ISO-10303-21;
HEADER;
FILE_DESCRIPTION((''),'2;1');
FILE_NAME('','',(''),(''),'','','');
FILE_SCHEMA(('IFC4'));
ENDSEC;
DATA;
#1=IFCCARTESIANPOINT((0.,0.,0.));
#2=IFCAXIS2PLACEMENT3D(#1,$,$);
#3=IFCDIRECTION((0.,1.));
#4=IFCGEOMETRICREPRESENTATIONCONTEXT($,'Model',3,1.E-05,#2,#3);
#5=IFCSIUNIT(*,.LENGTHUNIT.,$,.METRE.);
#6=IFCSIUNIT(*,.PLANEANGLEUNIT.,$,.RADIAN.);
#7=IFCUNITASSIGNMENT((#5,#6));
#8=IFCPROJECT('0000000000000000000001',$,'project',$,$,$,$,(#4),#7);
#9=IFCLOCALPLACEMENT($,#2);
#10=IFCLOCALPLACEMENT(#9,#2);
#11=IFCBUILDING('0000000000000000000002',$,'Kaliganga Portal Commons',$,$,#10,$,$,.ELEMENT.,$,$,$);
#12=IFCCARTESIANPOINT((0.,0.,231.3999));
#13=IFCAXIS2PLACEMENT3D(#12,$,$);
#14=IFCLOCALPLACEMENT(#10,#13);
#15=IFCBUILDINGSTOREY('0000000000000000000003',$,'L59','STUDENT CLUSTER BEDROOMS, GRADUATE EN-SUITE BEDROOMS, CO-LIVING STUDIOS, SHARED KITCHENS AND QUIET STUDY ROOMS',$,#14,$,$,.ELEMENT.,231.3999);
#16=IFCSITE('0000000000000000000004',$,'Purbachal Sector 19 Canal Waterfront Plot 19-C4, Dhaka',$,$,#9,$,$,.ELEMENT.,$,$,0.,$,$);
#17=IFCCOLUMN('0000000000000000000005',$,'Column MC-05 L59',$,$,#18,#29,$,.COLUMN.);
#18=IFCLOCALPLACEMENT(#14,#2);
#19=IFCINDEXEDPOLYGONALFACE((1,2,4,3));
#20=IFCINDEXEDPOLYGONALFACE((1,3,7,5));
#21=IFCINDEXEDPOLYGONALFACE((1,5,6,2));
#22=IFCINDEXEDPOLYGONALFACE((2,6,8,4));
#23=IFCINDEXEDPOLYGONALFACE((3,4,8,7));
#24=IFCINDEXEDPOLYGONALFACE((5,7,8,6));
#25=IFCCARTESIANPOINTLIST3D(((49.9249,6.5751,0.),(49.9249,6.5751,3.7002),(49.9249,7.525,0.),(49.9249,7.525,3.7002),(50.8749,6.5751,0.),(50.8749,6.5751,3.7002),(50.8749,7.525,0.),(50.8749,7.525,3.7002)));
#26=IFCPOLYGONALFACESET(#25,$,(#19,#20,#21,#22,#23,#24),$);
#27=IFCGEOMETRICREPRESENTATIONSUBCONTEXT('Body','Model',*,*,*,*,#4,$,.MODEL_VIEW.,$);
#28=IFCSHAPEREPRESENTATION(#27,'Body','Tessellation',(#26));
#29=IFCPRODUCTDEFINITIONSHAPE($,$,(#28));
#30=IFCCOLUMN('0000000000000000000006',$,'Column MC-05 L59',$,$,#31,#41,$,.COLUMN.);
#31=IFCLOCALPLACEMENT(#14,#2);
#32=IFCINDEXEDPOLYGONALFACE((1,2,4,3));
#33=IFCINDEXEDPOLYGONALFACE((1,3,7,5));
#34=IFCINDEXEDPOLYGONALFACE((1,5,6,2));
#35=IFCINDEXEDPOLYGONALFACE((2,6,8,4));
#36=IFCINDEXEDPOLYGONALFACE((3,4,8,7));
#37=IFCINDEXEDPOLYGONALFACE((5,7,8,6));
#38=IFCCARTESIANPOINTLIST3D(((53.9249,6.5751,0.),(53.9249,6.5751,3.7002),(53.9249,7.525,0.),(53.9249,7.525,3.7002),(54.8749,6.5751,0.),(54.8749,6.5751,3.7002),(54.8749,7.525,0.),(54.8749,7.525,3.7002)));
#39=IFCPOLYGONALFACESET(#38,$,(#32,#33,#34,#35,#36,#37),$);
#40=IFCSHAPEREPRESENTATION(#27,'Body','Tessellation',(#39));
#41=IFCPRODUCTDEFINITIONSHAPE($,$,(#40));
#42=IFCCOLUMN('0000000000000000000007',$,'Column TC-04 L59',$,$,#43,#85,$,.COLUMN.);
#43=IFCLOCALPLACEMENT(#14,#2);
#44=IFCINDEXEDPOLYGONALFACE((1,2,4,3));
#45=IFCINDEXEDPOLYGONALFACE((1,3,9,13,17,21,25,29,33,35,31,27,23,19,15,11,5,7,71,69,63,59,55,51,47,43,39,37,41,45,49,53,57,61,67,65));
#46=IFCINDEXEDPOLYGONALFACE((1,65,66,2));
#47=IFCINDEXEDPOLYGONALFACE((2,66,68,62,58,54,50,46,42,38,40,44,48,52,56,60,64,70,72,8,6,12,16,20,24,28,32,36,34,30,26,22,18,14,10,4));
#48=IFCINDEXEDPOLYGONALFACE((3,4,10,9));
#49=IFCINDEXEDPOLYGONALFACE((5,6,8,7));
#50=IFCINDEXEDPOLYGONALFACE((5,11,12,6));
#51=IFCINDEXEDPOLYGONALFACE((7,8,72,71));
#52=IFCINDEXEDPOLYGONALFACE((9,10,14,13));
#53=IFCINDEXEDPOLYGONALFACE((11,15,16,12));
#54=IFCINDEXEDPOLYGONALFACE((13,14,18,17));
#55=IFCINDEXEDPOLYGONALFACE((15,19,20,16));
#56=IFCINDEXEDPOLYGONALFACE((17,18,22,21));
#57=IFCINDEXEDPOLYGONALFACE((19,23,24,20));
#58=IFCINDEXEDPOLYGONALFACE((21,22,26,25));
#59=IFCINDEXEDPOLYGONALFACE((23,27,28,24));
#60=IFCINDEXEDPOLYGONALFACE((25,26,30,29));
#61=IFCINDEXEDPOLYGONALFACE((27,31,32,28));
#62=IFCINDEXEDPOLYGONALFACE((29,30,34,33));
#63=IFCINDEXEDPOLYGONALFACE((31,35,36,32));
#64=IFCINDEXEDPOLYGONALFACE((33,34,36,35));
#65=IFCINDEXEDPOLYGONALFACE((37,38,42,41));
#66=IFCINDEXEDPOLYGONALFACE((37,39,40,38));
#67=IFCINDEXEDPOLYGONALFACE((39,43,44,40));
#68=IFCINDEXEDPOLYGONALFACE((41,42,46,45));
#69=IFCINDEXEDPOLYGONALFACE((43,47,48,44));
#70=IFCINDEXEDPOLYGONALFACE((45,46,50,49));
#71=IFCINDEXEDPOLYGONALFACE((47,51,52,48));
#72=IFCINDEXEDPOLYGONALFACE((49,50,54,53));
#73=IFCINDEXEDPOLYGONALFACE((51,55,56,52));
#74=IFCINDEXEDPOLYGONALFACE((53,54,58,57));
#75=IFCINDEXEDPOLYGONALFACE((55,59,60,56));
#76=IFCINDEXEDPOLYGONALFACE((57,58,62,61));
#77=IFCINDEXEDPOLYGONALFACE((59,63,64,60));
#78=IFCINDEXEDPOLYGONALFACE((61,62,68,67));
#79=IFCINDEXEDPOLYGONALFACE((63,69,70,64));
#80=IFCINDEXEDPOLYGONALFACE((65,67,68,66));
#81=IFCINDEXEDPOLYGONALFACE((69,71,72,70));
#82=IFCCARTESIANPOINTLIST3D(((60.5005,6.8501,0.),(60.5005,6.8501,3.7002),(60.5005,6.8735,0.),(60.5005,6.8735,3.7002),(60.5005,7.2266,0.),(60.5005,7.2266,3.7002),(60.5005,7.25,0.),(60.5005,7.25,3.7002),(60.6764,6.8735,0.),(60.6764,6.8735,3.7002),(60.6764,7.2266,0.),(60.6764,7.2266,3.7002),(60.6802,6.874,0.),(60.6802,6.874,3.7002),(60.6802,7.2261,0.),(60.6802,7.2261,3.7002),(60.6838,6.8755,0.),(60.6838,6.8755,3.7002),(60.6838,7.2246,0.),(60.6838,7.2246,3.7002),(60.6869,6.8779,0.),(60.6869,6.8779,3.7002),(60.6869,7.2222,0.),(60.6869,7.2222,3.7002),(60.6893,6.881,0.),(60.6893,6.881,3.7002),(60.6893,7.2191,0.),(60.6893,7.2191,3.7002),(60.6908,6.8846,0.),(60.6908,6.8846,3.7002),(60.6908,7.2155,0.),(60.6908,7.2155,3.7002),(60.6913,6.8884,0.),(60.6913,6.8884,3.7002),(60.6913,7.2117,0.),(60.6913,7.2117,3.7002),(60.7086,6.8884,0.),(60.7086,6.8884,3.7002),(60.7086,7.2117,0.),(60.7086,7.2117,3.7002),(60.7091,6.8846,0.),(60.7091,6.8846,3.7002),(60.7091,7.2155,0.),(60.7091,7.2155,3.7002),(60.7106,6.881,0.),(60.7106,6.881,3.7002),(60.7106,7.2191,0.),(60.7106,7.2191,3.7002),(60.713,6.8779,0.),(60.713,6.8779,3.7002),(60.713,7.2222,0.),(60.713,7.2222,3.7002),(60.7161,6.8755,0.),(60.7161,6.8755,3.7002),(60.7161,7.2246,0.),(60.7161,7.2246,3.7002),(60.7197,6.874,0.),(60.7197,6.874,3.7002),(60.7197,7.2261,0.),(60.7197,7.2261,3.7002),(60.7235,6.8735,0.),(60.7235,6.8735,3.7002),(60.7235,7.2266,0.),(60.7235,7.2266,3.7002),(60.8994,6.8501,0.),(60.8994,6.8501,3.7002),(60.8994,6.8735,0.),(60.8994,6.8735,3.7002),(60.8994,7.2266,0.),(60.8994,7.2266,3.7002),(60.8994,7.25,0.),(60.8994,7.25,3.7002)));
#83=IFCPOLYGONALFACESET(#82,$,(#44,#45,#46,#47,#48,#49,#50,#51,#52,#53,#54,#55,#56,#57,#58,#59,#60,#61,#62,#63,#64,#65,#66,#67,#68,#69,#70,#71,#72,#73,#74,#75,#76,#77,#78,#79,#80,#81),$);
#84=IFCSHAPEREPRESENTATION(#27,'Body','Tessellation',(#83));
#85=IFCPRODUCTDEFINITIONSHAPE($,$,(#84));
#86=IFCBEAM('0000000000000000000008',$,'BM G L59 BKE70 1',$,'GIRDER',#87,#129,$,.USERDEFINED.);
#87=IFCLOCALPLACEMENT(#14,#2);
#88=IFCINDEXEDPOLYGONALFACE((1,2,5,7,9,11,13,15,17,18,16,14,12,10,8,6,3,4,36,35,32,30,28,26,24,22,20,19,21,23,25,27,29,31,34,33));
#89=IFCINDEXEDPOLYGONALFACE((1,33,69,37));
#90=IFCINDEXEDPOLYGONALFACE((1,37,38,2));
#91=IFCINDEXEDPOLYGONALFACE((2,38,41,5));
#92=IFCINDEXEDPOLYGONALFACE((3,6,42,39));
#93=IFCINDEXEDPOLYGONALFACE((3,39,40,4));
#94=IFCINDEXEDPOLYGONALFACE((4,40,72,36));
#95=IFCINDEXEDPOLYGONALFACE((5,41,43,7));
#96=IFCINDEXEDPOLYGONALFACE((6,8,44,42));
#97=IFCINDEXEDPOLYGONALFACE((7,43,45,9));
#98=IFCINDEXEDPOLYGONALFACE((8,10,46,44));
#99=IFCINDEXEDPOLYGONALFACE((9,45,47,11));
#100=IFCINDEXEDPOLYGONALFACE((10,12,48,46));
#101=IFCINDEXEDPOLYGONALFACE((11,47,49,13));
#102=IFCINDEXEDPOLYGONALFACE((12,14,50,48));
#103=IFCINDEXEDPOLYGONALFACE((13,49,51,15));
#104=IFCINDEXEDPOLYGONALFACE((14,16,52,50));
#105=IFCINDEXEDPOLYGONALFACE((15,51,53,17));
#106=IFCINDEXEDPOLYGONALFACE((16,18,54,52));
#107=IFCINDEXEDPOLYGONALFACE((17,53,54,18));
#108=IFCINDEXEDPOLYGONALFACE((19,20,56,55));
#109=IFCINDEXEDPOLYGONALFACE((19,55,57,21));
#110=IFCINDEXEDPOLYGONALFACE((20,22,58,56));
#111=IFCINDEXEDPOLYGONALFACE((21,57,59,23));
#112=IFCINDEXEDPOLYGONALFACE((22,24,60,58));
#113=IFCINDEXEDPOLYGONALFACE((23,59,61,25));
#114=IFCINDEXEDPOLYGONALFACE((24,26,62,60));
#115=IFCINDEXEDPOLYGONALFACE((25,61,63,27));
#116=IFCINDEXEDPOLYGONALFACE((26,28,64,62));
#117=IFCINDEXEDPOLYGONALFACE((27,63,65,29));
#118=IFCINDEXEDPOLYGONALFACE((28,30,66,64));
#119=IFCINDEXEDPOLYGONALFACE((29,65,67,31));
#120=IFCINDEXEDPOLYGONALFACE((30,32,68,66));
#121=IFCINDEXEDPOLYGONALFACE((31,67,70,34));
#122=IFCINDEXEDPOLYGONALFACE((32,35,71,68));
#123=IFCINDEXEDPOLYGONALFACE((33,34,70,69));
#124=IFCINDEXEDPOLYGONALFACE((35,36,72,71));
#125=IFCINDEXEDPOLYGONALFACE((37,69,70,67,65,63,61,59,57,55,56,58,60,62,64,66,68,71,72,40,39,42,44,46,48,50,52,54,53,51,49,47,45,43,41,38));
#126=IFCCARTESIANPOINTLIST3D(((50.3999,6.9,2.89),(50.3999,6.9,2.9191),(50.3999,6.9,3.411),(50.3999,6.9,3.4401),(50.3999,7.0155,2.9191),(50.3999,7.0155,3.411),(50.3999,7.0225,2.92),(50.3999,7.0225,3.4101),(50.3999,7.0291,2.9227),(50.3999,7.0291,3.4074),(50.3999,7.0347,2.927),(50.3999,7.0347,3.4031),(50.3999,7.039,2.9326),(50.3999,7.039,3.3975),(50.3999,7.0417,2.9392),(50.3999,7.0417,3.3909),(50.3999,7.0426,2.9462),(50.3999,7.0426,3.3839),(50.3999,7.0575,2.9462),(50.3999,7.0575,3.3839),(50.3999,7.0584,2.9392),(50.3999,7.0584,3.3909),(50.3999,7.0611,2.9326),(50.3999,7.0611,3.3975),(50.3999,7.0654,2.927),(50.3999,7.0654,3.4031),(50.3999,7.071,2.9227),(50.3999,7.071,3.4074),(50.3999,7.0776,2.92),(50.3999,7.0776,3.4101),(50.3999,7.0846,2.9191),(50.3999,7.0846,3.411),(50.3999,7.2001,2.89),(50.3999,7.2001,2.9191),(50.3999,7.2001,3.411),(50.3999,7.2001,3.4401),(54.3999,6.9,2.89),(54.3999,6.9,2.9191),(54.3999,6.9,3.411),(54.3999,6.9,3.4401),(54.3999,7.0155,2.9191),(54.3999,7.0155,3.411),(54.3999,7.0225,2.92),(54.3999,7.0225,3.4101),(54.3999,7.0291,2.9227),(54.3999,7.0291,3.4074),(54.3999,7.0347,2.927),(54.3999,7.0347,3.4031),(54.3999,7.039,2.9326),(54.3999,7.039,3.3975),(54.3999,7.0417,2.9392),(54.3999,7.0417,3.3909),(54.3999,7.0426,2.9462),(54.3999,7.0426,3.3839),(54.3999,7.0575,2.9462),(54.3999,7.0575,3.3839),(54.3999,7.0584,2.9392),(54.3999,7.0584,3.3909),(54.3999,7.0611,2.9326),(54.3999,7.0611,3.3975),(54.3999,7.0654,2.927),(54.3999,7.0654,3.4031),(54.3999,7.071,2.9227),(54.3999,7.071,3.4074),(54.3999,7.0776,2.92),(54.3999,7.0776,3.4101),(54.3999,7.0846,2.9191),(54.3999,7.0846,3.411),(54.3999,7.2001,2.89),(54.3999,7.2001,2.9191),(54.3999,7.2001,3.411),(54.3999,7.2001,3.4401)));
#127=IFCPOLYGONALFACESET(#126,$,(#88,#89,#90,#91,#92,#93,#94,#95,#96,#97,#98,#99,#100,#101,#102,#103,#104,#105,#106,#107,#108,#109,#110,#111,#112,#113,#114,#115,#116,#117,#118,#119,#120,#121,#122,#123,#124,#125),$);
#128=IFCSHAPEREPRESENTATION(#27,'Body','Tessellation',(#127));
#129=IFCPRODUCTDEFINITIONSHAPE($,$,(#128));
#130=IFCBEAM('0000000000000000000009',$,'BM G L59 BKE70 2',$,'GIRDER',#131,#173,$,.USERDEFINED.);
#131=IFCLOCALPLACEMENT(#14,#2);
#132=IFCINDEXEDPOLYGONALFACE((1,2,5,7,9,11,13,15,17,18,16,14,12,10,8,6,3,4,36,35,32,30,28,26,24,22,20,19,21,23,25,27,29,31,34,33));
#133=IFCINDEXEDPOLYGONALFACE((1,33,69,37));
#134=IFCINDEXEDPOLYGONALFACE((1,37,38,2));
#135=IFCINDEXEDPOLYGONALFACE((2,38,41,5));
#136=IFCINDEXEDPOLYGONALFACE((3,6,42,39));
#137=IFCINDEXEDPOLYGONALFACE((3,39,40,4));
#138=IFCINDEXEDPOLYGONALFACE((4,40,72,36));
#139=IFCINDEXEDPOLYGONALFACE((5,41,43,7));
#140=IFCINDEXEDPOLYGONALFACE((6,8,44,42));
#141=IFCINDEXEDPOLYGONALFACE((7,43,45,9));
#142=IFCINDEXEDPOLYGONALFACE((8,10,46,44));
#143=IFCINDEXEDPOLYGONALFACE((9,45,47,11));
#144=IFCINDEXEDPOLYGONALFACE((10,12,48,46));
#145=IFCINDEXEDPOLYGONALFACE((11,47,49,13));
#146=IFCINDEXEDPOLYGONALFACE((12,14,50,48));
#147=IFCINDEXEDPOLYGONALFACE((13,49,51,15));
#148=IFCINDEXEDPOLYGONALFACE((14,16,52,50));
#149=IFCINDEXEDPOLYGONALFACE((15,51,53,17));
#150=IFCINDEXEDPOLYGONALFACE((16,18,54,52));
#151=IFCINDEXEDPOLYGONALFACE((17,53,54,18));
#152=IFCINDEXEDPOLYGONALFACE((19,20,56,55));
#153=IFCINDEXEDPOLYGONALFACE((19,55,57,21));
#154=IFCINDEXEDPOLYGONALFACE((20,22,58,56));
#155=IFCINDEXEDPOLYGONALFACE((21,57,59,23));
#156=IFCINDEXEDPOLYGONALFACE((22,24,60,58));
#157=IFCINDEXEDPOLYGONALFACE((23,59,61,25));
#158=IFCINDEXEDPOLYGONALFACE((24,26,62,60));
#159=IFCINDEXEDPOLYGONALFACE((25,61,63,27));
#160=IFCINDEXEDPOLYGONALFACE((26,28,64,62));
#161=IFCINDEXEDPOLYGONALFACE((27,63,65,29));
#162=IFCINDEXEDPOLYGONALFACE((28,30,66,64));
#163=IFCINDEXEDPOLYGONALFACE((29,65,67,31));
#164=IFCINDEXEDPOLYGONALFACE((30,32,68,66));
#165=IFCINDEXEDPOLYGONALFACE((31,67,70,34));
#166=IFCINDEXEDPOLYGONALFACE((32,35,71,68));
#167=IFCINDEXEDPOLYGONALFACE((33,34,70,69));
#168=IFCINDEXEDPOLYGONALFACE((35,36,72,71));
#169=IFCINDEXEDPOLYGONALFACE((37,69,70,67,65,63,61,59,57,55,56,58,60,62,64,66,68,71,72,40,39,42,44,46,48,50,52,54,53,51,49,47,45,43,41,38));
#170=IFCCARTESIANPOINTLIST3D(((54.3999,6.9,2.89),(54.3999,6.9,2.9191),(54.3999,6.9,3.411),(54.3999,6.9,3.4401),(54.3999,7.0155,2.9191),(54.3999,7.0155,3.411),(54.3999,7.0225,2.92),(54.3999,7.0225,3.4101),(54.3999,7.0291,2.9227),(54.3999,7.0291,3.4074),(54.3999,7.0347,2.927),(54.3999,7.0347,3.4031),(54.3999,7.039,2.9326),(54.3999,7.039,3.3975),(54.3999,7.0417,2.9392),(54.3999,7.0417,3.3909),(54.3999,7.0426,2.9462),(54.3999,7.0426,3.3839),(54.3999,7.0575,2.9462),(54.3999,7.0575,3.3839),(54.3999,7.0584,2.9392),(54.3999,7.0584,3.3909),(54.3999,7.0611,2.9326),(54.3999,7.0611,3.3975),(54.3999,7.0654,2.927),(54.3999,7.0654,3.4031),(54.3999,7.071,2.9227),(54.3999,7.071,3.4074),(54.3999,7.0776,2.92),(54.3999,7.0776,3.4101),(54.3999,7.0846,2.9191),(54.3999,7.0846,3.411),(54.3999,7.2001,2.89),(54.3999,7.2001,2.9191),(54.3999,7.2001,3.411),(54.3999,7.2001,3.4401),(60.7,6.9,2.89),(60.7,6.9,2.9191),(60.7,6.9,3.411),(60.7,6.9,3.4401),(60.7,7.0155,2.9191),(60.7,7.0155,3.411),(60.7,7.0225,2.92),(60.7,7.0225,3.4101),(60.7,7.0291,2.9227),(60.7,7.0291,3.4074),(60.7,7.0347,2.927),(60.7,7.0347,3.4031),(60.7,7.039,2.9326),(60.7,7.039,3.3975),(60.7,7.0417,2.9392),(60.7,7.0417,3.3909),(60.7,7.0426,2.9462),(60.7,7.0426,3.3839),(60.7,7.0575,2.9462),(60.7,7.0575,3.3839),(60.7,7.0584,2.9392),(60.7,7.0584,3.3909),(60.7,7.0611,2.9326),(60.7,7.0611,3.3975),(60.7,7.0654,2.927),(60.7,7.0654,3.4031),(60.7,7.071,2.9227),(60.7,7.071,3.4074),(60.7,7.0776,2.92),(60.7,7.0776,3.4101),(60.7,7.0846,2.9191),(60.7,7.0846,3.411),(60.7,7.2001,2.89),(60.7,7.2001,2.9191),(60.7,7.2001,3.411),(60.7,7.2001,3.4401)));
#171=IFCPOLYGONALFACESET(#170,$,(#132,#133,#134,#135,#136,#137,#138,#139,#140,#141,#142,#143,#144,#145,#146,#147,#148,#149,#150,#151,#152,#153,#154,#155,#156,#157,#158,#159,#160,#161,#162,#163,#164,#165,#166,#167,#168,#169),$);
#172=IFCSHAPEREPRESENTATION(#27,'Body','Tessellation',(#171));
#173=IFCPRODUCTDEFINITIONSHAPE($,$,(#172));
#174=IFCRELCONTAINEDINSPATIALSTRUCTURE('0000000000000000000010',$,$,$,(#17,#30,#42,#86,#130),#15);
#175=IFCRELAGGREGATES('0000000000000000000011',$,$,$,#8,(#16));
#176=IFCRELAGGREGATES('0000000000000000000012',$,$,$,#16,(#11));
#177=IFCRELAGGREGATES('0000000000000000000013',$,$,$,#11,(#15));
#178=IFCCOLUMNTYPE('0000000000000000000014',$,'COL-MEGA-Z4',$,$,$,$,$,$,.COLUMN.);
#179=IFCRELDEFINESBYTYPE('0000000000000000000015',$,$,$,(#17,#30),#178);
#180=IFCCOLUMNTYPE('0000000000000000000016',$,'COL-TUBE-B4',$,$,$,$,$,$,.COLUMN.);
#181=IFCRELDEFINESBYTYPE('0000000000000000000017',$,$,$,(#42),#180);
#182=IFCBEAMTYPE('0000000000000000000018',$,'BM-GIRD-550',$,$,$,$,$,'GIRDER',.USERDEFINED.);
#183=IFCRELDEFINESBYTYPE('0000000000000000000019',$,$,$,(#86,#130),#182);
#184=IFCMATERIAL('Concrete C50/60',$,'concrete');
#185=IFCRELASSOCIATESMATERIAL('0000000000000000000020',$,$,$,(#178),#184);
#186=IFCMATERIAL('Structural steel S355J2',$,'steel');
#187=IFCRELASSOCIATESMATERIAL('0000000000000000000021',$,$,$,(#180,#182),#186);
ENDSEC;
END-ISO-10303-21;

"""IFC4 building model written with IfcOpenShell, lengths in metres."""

from ifc_helpers import new_model, si_unit, direction, frame, origin, origin_2d, place, context, subcontext, project, spatial, rectangle, i_section, extrude, source, transform, mapped, material, material_profile, profile_set, type_object, element, save


model = new_model("IFC4")

# Units and contexts
model_context = context("Model", 3, precision=1e-05, world=origin(), true_north=direction((0.0, 1.0)))
body_context = subcontext(model_context, "Body", "Model", "MODEL_VIEW")
ifc_project = project(units=[si_unit("LENGTHUNIT", "METRE"), si_unit("PLANEANGLEUNIT", "RADIAN")], contexts=[model_context])

# Site, building, storey
site_placement = place(None, origin())
site = spatial("IfcSite", under=ifc_project, at=site_placement, Name="Purbachal Sector 19 Canal Waterfront Plot 19-C4, Dhaka", CompositionType="ELEMENT", RefElevation=0.0)
building_placement = place(site_placement, origin())
building = spatial("IfcBuilding", under=site, at=building_placement, Name="Kaliganga Portal Commons", CompositionType="ELEMENT")
storey_placement = place(building_placement, frame((0.0, 0.0, 231.3999)))
storey = spatial("IfcBuildingStorey", under=building, at=storey_placement, Name="L59", Description="STUDENT CLUSTER BEDROOMS, GRADUATE EN-SUITE BEDROOMS, CO-LIVING STUDIOS, SHARED KITCHENS AND QUIET STUDY ROOMS", CompositionType="ELEMENT", Elevation=231.3999)

# Columns
ifc_material_1 = material(Name="Concrete C50/60", Category="concrete")
ifc_material_profile_1 = material_profile(ifc_material_1, rectangle(XDim=0.95, YDim=0.95, at=origin_2d()), Name="RC 950x950")
ifc_profile_set_1 = profile_set([ifc_material_profile_1], Name="Concrete C50/60")
column_type_1 = type_object("IfcColumnType", Name="COL-MEGA-Z4", PredefinedType="COLUMN", material=ifc_profile_set_1)
shared_shape_1 = source(origin(), body_context, "Body", "SweptSolid", [
    extrude(rectangle(XDim=0.95, YDim=0.95, at=origin_2d()), origin(), (0.0, 0.0, 1.0), 3.7002),
])
for number, where, z_axis, x_axis, name in (
    (1, (50.3999, 7.05, 0.0), (0.0, 0.0, 1.0), (1.0, 0.0, 0.0), "Column MC-05 L59"),
    (2, (54.3999, 7.05, 0.0), (0.0, 0.0, 1.0), (1.0, 0.0, 0.0), "Column MC-05 L59"),
):
    element("IfcColumn", number, at=place(storey_placement, frame(where, z_axis=z_axis, x_axis=x_axis)), inside=storey, type_object=column_type_1, Name=name, PredefinedType="COLUMN", context=body_context, shape_type="MappedRepresentation", body=[
        mapped(shared_shape_1, transform((0.0, 0.0, 0.0), x_axis=(1.0, 0.0, 0.0), y_axis=(0.0, 1.0, 0.0), z_axis=(0.0, 0.0, 1.0), scale=1.0)),
    ])
ifc_material_2 = material(Name="Structural steel S355J2", Category="steel")
ifc_material_profile_2 = material_profile(ifc_material_2, i_section(OverallWidth=0.3989, OverallDepth=0.3999, WebThickness=0.0173, FlangeThickness=0.0234, FilletRadius=0.0149, at=origin_2d()), Name="HD 400x287")
ifc_profile_set_2 = profile_set([ifc_material_profile_2], Name="Structural steel S355J2 wide-flange")
column_type_2 = type_object("IfcColumnType", Name="COL-TUBE-B4", PredefinedType="COLUMN", material=ifc_profile_set_2)
shared_shape_2 = source(origin(), body_context, "Body", "SweptSolid", [
    extrude(i_section(OverallWidth=0.3989, OverallDepth=0.3999, WebThickness=0.0173, FlangeThickness=0.0234, FilletRadius=0.0149, at=origin_2d()), origin(), (0.0, 0.0, 1.0), 3.7002),
])
column_placement = place(storey_placement, frame((60.7, 7.05, 0.0), z_axis=(0.0, 0.0, 1.0), x_axis=(1.0, 0.0, 0.0)))
element("IfcColumn", 3, at=column_placement, inside=storey, type_object=column_type_2, Name="Column TC-04 L59", PredefinedType="COLUMN", context=body_context, shape_type="MappedRepresentation", body=[
    mapped(shared_shape_2, transform((0.0, 0.0, 0.0), x_axis=(1.0, 0.0, 0.0), y_axis=(0.0, 1.0, 0.0), z_axis=(0.0, 0.0, 1.0), scale=1.0)),
])

# Beams
ifc_material_profile_3 = material_profile(ifc_material_2, i_section(OverallWidth=0.3, OverallDepth=0.55, WebThickness=0.0149, FlangeThickness=0.0291, FilletRadius=0.0271, at=origin_2d()), Name="HE 550 B")
ifc_profile_set_3 = profile_set([ifc_material_profile_3], Name="Structural steel S355J2 wide-flange")
beam_type_1 = type_object("IfcBeamType", Name="BM-GIRD-550", ElementType="GIRDER", PredefinedType="USERDEFINED", material=ifc_profile_set_3)
shared_shape_3 = source(origin(), body_context, "Body", "SweptSolid", [
    extrude(i_section(OverallWidth=0.3, OverallDepth=0.55, WebThickness=0.0149, FlangeThickness=0.0291, FilletRadius=0.0271, at=origin_2d()), origin(), (0.0, 0.0, 1.0), 4.0),
])
beam_1_placement = place(storey_placement, frame((50.3999, 7.05, 3.165), z_axis=(1.0, 0.0, 0.0), x_axis=(0.0, 1.0, 0.0)))
element("IfcBeam", 4, at=beam_1_placement, inside=storey, type_object=beam_type_1, Name="BM G L59 BKE70 1", ObjectType="GIRDER", PredefinedType="USERDEFINED", context=body_context, shape_type="MappedRepresentation", body=[
    mapped(shared_shape_3, transform((0.0, 0.0, 0.0), x_axis=(1.0, 0.0, 0.0), y_axis=(0.0, 1.0, 0.0), z_axis=(0.0, 0.0, 1.0), scale=1.0)),
])
shared_shape_4 = source(origin(), body_context, "Body", "SweptSolid", [
    extrude(i_section(OverallWidth=0.3, OverallDepth=0.55, WebThickness=0.0149, FlangeThickness=0.0291, FilletRadius=0.0271, at=origin_2d()), origin(), (0.0, 0.0, 1.0), 6.3),
])
beam_2_placement = place(storey_placement, frame((54.3999, 7.05, 3.165), z_axis=(1.0, 0.0, 0.0), x_axis=(0.0, 1.0, 0.0)))
element("IfcBeam", 5, at=beam_2_placement, inside=storey, type_object=beam_type_1, Name="BM G L59 BKE70 2", ObjectType="GIRDER", PredefinedType="USERDEFINED", context=body_context, shape_type="MappedRepresentation", body=[
    mapped(shared_shape_4, transform((0.0, 0.0, 0.0), x_axis=(1.0, 0.0, 0.0), y_axis=(0.0, 1.0, 0.0), z_axis=(0.0, 0.0, 1.0), scale=1.0)),
])

save(model, "model.ifc")
